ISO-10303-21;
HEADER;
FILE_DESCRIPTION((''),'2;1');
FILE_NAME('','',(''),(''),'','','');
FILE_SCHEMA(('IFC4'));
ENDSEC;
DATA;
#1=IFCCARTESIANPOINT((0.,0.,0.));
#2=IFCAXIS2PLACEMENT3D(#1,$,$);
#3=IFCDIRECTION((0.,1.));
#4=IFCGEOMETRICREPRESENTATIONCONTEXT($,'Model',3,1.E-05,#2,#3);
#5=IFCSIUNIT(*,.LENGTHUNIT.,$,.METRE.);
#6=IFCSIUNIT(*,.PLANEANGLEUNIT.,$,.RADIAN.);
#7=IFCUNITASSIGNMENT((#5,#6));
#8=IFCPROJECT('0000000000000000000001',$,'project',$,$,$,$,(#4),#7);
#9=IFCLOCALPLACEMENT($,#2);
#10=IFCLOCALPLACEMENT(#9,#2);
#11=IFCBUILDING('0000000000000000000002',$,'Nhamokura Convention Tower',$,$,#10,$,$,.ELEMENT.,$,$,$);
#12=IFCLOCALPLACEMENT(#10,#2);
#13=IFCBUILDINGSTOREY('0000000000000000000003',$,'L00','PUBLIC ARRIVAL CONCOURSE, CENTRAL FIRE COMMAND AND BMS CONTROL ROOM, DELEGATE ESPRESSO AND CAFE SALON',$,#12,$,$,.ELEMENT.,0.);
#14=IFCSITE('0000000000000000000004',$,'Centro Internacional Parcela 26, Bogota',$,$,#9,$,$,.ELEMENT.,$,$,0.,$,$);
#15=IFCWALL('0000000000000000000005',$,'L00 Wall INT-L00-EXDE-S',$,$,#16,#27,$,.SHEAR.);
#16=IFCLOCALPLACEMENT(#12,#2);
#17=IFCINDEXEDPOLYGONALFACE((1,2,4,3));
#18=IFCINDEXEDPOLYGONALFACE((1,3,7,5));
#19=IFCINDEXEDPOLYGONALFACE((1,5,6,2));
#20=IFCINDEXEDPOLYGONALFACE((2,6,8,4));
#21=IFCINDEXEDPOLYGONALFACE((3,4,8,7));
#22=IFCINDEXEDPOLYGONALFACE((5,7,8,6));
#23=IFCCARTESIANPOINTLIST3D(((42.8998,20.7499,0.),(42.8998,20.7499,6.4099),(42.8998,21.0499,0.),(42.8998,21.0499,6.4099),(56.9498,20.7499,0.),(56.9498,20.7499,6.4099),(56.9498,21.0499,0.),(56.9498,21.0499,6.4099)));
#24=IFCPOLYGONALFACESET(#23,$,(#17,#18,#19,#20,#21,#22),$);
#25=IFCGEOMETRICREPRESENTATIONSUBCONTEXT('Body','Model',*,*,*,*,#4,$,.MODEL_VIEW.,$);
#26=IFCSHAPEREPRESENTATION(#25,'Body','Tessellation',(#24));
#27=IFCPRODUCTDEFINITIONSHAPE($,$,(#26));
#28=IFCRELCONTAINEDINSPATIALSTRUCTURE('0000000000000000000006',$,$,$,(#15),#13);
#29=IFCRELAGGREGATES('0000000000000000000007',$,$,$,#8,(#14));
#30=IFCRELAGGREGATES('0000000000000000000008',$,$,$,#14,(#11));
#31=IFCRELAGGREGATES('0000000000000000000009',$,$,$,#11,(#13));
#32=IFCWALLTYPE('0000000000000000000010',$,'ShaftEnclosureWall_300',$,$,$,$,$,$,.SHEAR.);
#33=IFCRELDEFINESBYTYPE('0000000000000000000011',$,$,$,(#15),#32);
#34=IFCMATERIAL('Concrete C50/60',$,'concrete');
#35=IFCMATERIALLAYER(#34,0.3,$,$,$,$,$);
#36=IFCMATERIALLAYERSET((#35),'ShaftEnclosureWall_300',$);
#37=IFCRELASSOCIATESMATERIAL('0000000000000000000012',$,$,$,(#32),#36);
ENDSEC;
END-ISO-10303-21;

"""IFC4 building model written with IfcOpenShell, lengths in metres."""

from ifc_helpers import new_model, si_unit, direction, frame, frame_2d, origin, place, context, subcontext, project, spatial, rectangle, extrude, material, layer, layer_set, type_object, element, save


model = new_model("IFC4")

# Units and contexts
model_context = context("Model", 3, precision=1e-05, world=origin(), true_north=direction((0.0, 1.0)))
body_context = subcontext(model_context, "Body", "Model", "MODEL_VIEW")
ifc_project = project(units=[si_unit("LENGTHUNIT", "METRE"), si_unit("PLANEANGLEUNIT", "RADIAN")], contexts=[model_context])

# Site, building, storey
site_placement = place(None, origin())
site = spatial("IfcSite", under=ifc_project, at=site_placement, Name="Centro Internacional Parcela 26, Bogota", CompositionType="ELEMENT", RefElevation=0.0)
building_placement = place(site_placement, origin())
building = spatial("IfcBuilding", under=site, at=building_placement, Name="Nhamokura Convention Tower", CompositionType="ELEMENT")
storey_placement = place(building_placement, origin())
storey = spatial("IfcBuildingStorey", under=building, at=storey_placement, Name="L00", Description="PUBLIC ARRIVAL CONCOURSE, CENTRAL FIRE COMMAND AND BMS CONTROL ROOM, DELEGATE ESPRESSO AND CAFE SALON", CompositionType="ELEMENT", Elevation=0.0)

# Wall
ifc_material_1 = material(Name="Concrete C50/60", Category="concrete")
ifc_layer_1 = layer(ifc_material_1, 0.3)
ifc_layer_set_1 = layer_set([ifc_layer_1], Name="ShaftEnclosureWall_300")
wall_type_1 = type_object("IfcWallType", Name="ShaftEnclosureWall_300", PredefinedType="SHEAR", material=ifc_layer_set_1)
wall_1_placement = place(storey_placement, frame((42.8999, 20.8999, 0.0), z_axis=(0.0, 0.0, 1.0), x_axis=(1.0, 0.0, 0.0)))
element("IfcWall", 1, at=wall_1_placement, inside=storey, type_object=wall_type_1, Name="L00 Wall INT-L00-EXDE-S", PredefinedType="SHEAR", context=body_context, shape_type="SweptSolid", body=[
    extrude(rectangle(XDim=14.05, YDim=0.3, at=frame_2d((7.0249, 0.0))), origin(), (0.0, 0.0, 1.0), 6.4099),
])

save(model, "model.ifc")
